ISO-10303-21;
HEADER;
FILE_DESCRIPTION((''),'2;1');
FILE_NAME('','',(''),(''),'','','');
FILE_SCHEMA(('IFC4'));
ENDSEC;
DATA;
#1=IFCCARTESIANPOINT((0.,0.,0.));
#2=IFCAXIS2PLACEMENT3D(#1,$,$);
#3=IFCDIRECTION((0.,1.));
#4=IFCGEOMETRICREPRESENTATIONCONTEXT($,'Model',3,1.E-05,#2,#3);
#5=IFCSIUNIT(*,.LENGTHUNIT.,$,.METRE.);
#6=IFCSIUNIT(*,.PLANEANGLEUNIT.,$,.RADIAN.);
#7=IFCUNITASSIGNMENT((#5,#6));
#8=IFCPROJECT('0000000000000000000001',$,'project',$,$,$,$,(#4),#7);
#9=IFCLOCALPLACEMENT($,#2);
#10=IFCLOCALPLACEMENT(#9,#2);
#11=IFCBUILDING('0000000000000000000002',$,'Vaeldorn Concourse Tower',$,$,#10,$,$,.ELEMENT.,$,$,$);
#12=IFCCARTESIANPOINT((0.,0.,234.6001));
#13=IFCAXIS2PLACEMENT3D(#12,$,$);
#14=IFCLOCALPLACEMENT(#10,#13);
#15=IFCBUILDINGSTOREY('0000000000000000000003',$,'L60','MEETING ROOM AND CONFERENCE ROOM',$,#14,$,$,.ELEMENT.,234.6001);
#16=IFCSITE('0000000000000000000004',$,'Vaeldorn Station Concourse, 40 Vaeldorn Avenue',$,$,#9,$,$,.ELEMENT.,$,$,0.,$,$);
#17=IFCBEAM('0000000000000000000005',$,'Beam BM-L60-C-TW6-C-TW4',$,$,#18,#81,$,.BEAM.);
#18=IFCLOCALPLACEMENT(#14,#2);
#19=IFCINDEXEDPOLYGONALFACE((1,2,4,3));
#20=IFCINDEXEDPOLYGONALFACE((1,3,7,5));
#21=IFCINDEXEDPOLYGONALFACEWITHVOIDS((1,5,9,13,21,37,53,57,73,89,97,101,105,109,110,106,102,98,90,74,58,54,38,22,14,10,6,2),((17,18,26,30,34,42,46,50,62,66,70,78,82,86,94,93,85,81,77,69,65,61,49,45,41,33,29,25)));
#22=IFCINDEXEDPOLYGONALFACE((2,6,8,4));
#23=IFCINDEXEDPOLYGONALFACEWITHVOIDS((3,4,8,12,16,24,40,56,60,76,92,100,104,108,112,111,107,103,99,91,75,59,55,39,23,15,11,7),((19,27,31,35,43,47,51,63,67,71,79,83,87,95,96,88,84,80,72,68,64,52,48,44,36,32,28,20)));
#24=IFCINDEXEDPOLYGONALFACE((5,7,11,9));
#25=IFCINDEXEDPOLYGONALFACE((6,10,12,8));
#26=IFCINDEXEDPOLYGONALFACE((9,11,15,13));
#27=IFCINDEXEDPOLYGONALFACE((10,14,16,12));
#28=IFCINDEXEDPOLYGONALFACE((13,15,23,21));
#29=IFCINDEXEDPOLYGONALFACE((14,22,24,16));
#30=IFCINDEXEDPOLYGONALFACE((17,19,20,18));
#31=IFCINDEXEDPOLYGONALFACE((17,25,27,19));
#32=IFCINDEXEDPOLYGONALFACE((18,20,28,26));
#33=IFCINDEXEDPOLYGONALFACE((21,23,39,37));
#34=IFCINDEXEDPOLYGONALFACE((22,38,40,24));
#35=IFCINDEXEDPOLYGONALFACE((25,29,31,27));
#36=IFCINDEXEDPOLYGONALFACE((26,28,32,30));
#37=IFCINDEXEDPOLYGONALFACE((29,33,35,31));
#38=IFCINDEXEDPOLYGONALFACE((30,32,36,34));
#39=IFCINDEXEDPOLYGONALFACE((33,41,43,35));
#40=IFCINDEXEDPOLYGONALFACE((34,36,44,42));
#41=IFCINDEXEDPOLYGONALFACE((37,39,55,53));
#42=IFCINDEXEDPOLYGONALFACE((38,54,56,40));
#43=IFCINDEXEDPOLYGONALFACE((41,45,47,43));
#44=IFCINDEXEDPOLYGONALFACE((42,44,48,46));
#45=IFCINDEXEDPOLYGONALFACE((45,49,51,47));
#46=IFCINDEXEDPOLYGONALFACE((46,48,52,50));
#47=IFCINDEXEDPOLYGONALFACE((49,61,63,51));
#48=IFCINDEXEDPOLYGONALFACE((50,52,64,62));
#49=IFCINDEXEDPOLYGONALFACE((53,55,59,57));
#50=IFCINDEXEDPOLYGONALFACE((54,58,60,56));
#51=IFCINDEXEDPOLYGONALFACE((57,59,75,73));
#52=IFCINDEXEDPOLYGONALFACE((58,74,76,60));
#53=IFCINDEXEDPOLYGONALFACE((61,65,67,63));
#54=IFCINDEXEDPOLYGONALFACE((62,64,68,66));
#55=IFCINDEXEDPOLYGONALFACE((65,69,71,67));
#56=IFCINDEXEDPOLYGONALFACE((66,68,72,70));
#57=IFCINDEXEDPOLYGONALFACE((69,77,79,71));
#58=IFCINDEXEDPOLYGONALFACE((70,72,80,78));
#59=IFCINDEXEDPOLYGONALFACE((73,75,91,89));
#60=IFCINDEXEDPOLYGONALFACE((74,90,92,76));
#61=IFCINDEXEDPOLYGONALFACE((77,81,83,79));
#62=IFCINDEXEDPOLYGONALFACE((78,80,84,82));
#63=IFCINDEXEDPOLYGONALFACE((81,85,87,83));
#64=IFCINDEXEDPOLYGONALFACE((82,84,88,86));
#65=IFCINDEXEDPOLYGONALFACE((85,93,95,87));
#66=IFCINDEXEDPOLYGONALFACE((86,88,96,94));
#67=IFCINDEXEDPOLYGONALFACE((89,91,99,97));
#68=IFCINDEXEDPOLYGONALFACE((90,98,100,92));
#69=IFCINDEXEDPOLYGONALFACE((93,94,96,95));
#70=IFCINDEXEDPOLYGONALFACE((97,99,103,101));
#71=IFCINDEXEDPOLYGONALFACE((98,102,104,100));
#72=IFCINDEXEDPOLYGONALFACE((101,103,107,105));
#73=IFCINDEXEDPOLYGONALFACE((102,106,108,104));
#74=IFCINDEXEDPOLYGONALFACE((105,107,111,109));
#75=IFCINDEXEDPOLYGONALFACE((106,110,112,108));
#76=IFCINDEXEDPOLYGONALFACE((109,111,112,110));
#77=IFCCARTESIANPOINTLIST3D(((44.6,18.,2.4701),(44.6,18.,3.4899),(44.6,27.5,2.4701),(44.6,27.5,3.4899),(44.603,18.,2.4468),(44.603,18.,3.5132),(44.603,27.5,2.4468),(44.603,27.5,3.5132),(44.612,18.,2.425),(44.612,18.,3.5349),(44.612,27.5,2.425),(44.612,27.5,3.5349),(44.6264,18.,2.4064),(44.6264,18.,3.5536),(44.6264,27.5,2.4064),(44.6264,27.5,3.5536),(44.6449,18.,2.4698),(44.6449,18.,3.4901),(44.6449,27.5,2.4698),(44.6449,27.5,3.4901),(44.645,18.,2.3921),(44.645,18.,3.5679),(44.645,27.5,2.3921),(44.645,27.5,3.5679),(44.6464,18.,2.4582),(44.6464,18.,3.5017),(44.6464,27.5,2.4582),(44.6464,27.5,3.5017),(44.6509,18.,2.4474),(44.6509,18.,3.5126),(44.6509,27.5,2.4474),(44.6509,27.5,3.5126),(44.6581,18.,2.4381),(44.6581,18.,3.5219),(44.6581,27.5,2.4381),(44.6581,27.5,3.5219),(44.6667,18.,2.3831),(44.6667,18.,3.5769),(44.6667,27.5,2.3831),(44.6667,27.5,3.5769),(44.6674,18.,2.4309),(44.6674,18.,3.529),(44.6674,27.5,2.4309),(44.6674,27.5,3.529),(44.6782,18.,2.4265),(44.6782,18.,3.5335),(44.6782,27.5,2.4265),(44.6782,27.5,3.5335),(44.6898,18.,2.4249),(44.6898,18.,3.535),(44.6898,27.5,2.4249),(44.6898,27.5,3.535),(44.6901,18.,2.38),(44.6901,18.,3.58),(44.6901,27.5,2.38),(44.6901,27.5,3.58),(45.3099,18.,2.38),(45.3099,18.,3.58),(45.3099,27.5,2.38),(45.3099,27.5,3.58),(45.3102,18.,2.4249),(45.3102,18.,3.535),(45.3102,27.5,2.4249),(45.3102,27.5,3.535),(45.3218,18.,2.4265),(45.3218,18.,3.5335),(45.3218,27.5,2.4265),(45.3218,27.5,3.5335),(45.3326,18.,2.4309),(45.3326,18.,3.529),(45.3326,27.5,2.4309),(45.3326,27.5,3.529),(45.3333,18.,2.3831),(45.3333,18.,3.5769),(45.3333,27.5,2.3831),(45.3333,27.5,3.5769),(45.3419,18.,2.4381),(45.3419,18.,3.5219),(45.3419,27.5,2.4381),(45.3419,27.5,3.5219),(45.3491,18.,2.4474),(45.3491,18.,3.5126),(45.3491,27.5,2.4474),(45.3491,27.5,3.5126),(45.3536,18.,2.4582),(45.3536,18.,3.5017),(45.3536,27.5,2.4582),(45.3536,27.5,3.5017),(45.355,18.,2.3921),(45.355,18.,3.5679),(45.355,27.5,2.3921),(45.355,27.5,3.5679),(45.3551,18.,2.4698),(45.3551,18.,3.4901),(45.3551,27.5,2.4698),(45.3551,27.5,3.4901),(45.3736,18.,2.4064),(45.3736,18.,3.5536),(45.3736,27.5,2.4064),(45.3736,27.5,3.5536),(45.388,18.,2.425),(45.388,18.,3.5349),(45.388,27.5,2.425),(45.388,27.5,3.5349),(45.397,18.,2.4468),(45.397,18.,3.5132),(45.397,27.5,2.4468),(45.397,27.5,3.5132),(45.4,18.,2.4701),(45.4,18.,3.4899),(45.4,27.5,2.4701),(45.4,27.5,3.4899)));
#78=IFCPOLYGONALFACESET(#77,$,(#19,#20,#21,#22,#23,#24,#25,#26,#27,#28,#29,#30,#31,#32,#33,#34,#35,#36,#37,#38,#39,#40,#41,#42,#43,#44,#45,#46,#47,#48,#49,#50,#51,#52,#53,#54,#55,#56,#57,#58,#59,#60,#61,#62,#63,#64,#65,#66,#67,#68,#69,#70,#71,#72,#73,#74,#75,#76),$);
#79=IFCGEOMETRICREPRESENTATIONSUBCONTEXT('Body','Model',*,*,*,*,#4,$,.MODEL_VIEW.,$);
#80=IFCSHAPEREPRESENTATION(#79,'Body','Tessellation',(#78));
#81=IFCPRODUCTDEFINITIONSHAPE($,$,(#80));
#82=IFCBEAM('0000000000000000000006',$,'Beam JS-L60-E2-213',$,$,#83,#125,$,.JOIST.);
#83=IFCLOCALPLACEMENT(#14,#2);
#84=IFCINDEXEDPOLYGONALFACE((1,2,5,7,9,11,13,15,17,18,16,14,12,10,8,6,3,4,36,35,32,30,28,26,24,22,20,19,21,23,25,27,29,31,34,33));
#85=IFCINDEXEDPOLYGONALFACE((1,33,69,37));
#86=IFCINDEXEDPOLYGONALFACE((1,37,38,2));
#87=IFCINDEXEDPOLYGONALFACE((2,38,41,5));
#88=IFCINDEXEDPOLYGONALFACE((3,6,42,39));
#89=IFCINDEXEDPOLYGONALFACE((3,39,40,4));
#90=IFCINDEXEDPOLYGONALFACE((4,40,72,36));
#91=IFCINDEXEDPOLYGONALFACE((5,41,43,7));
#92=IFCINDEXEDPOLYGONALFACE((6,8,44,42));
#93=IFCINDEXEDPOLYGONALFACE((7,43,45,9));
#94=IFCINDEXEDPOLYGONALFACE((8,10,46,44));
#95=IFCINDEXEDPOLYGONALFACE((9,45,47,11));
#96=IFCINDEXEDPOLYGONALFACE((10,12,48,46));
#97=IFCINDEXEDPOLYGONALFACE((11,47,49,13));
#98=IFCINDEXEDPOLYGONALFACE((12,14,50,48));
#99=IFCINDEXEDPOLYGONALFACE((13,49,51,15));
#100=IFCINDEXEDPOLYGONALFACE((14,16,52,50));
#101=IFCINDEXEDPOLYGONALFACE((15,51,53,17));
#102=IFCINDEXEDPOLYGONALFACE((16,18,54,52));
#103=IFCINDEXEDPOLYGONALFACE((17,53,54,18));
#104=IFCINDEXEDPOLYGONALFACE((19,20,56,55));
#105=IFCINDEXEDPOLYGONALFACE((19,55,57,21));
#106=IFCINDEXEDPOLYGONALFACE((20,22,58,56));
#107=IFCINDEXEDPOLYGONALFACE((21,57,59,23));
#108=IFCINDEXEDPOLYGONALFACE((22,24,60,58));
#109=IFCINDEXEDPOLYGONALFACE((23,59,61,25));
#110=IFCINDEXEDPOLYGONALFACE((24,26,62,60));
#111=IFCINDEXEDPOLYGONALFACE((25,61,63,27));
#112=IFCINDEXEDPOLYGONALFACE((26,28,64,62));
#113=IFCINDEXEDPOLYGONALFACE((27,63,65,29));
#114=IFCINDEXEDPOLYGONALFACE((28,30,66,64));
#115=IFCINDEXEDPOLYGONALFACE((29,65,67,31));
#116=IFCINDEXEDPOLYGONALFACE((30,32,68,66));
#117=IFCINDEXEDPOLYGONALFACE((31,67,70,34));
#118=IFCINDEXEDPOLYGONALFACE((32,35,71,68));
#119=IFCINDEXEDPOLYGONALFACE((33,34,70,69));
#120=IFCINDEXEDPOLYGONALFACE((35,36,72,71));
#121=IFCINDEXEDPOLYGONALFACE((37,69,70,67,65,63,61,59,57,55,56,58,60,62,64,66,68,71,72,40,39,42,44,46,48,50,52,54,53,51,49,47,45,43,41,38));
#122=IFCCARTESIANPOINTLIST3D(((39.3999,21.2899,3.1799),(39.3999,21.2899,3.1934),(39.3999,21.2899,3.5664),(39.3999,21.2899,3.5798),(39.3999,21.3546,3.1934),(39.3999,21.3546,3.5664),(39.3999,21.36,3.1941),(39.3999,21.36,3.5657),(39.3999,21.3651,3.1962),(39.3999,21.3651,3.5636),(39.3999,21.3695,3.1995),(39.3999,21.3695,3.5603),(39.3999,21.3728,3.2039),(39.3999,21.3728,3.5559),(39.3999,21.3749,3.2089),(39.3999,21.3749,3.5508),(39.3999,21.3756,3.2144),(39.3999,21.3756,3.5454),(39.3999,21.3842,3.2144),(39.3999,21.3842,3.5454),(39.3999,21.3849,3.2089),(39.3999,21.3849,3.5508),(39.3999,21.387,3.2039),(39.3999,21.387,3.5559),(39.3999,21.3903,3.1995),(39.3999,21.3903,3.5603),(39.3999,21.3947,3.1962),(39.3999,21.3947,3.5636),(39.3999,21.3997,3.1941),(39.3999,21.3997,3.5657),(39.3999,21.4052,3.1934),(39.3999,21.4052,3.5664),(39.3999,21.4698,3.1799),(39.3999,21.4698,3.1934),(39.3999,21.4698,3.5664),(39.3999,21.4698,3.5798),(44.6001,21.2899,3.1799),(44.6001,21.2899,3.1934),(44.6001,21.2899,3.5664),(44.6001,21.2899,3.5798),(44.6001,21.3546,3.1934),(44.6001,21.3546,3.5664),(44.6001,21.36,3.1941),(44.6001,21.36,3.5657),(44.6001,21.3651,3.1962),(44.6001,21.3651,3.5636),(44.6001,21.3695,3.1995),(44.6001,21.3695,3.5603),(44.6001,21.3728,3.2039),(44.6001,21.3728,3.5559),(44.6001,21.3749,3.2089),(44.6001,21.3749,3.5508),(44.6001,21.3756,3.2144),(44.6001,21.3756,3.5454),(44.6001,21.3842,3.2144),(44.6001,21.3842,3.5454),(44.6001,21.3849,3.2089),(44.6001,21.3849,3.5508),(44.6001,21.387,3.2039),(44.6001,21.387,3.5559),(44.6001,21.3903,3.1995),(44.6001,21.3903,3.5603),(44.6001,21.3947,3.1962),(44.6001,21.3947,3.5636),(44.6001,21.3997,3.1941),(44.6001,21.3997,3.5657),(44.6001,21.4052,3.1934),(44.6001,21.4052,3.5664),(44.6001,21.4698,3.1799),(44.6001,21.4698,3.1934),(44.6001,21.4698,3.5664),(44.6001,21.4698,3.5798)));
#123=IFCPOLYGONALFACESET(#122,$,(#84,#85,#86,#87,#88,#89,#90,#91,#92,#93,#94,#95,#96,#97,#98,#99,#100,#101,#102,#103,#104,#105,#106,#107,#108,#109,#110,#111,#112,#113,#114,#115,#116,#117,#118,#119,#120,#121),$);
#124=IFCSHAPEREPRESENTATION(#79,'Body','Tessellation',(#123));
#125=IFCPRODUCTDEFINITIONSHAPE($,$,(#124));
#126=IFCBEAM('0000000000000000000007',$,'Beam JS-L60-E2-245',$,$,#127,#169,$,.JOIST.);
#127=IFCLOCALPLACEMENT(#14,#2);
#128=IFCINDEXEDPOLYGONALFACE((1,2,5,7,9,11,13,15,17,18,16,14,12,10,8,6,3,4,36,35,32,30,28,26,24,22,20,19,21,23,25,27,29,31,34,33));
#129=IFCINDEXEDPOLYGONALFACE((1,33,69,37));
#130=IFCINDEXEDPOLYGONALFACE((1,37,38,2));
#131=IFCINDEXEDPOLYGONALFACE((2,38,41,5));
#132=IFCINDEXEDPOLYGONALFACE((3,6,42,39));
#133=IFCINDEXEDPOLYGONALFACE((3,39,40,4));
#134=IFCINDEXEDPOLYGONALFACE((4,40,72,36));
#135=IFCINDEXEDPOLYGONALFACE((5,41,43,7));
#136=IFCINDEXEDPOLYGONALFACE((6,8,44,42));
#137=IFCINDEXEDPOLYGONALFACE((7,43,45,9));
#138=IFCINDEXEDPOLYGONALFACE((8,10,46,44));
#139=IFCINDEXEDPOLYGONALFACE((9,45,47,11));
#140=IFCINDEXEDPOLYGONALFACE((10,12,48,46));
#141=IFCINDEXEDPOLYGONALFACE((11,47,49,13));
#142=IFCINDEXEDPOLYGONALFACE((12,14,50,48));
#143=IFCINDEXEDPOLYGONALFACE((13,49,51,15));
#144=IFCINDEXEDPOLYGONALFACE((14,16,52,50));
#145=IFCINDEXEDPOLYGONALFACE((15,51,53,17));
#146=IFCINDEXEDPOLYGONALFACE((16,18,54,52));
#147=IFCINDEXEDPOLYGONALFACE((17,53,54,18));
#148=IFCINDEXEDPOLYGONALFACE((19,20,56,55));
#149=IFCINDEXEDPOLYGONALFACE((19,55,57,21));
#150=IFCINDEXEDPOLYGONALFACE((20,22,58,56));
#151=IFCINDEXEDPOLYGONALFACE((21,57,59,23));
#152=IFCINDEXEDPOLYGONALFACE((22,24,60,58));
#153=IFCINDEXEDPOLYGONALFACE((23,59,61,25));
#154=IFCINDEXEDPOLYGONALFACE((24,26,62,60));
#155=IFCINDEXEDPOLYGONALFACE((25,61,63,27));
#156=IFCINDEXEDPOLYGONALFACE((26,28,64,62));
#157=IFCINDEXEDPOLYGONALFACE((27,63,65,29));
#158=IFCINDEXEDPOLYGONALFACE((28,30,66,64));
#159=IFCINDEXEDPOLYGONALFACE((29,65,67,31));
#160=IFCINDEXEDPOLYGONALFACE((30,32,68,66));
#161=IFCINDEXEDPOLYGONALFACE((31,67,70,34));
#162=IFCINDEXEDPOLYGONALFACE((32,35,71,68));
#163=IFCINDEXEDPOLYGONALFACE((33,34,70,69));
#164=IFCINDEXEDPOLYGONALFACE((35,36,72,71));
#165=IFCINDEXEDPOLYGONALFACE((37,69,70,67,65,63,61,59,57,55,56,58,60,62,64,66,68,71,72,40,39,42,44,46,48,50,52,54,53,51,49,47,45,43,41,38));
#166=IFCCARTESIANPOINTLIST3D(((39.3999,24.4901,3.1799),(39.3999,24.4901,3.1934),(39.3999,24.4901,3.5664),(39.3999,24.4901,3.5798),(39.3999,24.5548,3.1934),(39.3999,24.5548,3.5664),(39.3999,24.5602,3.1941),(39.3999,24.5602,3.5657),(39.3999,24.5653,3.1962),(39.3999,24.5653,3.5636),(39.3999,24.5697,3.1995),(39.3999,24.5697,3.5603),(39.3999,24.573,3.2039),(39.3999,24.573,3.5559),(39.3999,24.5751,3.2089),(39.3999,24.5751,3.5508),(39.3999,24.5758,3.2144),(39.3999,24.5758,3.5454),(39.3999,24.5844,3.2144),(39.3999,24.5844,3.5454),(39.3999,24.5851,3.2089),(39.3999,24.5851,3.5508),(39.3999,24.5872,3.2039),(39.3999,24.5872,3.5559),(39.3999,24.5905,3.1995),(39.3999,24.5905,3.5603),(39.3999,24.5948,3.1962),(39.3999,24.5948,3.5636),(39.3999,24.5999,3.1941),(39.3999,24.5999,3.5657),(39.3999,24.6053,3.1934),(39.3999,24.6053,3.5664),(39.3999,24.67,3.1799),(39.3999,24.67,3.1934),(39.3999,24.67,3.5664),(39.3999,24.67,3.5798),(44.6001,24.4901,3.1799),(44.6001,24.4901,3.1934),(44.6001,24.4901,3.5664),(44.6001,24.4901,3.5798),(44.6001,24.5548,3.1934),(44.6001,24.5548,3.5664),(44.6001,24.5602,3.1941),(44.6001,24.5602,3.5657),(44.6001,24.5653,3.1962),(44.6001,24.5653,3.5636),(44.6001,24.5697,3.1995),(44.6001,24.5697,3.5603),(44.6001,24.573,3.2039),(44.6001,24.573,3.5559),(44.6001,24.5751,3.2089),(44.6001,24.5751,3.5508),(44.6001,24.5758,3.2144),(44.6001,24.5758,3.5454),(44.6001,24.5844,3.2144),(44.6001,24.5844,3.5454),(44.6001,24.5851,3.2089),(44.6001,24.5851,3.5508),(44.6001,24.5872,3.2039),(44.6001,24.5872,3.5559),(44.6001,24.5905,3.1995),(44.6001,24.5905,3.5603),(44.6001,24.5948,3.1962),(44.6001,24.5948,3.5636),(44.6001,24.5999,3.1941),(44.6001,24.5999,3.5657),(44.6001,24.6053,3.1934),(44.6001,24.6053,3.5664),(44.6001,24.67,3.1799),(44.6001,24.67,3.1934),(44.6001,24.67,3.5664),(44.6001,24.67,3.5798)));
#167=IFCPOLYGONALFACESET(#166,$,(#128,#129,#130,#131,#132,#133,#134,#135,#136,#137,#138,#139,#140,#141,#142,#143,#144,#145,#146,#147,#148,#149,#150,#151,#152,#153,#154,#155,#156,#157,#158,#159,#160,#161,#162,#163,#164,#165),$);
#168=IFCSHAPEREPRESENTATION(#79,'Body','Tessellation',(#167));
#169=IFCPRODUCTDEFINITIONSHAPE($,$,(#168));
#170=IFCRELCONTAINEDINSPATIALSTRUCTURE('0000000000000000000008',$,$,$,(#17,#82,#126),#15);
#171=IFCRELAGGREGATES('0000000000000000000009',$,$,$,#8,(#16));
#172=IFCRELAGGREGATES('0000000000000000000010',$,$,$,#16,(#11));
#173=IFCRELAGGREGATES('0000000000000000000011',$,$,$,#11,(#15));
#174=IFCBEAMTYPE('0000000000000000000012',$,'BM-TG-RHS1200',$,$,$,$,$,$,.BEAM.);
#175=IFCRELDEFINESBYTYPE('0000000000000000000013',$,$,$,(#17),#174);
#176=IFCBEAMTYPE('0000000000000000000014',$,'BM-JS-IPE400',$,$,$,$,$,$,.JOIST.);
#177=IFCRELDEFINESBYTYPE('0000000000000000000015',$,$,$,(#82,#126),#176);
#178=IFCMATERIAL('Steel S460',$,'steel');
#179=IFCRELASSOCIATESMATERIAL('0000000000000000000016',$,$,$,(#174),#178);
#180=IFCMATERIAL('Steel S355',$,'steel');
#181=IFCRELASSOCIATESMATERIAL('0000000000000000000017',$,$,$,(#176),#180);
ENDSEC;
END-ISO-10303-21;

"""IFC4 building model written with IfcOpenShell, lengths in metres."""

from ifc_helpers import new_model, si_unit, direction, frame, origin, origin_2d, place, context, subcontext, project, spatial, hollow_rectangle, i_section, extrude, source, transform, mapped, material, material_profile, profile_set, type_object, element, save


model = new_model("IFC4")

# Units and contexts
model_context = context("Model", 3, precision=1e-05, world=origin(), true_north=direction((0.0, 1.0)))
body_context = subcontext(model_context, "Body", "Model", "MODEL_VIEW")
ifc_project = project(units=[si_unit("LENGTHUNIT", "METRE"), si_unit("PLANEANGLEUNIT", "RADIAN")], contexts=[model_context])

# Site, building, storey
site_placement = place(None, origin())
site = spatial("IfcSite", under=ifc_project, at=site_placement, Name="Vaeldorn Station Concourse, 40 Vaeldorn Avenue", CompositionType="ELEMENT", RefElevation=0.0)
building_placement = place(site_placement, origin())
building = spatial("IfcBuilding", under=site, at=building_placement, Name="Vaeldorn Concourse Tower", CompositionType="ELEMENT")
storey_placement = place(building_placement, frame((0.0, 0.0, 234.6001)))
storey = spatial("IfcBuildingStorey", under=building, at=storey_placement, Name="L60", Description="MEETING ROOM AND CONFERENCE ROOM", CompositionType="ELEMENT", Elevation=234.6001)

# Shared definitions
ifc_material_1 = material(Name="Steel S355", Category="steel")

# Beams
ifc_material_2 = material(Name="Steel S460", Category="steel")
ifc_material_profile_1 = material_profile(ifc_material_2, hollow_rectangle(XDim=0.8, YDim=1.2, WallThickness=0.0449, InnerFilletRadius=0.0449, OuterFilletRadius=0.0901, at=origin_2d()), Name="RHS 1200x800x45")
ifc_profile_set_1 = profile_set([ifc_material_profile_1], Name="Steel S460")
beam_type_1 = type_object("IfcBeamType", Name="BM-TG-RHS1200", PredefinedType="BEAM", material=ifc_profile_set_1)
shared_shape_1 = source(origin(), body_context, "Body", "SweptSolid", [
    extrude(hollow_rectangle(XDim=0.8, YDim=1.2, WallThickness=0.0449, InnerFilletRadius=0.0449, OuterFilletRadius=0.0901, at=origin_2d()), origin(), (0.0, 0.0, 1.0), 9.5),
])
beam_1_placement = place(storey_placement, frame((45.0, 18.0, 2.98), z_axis=(0.0, 1.0, 0.0), x_axis=(-1.0, 0.0, 0.0)))
element("IfcBeam", 1, at=beam_1_placement, inside=storey, type_object=beam_type_1, Name="Beam BM-L60-C-TW6-C-TW4", PredefinedType="BEAM", context=body_context, shape_type="MappedRepresentation", body=[
    mapped(shared_shape_1, transform((0.0, 0.0, 0.0), scale=1.0)),
])
ifc_material_profile_2 = material_profile(ifc_material_1, i_section(OverallWidth=0.1799, OverallDepth=0.3999, WebThickness=0.0085, FlangeThickness=0.0134, FilletRadius=0.021, at=origin_2d()), Name="IPE 400")
ifc_profile_set_2 = profile_set([ifc_material_profile_2], Name="Steel S355")
beam_type_2 = type_object("IfcBeamType", Name="BM-JS-IPE400", PredefinedType="JOIST", material=ifc_profile_set_2)
shared_shape_2 = source(origin(), body_context, "Body", "SweptSolid", [
    extrude(i_section(OverallWidth=0.1799, OverallDepth=0.3999, WebThickness=0.0085, FlangeThickness=0.0134, FilletRadius=0.021, at=origin_2d()), origin(), (0.0, 0.0, 1.0), 5.2002),
])
for number, where, z_axis, x_axis, name in (
    (2, (39.3999, 21.3799, 3.3799), (1.0, 0.0, 0.0), (0.0, 1.0, 0.0), "Beam JS-L60-E2-213"),
    (3, (39.3999, 24.5801, 3.3799), (1.0, 0.0, 0.0), (0.0, 1.0, 0.0), "Beam JS-L60-E2-245"),
):
    element("IfcBeam", number, at=place(storey_placement, frame(where, z_axis=z_axis, x_axis=x_axis)), inside=storey, type_object=beam_type_2, Name=name, PredefinedType="JOIST", context=body_context, shape_type="MappedRepresentation", body=[
        mapped(shared_shape_2, transform((0.0, 0.0, 0.0), scale=1.0)),
    ])

save(model, "model.ifc")
